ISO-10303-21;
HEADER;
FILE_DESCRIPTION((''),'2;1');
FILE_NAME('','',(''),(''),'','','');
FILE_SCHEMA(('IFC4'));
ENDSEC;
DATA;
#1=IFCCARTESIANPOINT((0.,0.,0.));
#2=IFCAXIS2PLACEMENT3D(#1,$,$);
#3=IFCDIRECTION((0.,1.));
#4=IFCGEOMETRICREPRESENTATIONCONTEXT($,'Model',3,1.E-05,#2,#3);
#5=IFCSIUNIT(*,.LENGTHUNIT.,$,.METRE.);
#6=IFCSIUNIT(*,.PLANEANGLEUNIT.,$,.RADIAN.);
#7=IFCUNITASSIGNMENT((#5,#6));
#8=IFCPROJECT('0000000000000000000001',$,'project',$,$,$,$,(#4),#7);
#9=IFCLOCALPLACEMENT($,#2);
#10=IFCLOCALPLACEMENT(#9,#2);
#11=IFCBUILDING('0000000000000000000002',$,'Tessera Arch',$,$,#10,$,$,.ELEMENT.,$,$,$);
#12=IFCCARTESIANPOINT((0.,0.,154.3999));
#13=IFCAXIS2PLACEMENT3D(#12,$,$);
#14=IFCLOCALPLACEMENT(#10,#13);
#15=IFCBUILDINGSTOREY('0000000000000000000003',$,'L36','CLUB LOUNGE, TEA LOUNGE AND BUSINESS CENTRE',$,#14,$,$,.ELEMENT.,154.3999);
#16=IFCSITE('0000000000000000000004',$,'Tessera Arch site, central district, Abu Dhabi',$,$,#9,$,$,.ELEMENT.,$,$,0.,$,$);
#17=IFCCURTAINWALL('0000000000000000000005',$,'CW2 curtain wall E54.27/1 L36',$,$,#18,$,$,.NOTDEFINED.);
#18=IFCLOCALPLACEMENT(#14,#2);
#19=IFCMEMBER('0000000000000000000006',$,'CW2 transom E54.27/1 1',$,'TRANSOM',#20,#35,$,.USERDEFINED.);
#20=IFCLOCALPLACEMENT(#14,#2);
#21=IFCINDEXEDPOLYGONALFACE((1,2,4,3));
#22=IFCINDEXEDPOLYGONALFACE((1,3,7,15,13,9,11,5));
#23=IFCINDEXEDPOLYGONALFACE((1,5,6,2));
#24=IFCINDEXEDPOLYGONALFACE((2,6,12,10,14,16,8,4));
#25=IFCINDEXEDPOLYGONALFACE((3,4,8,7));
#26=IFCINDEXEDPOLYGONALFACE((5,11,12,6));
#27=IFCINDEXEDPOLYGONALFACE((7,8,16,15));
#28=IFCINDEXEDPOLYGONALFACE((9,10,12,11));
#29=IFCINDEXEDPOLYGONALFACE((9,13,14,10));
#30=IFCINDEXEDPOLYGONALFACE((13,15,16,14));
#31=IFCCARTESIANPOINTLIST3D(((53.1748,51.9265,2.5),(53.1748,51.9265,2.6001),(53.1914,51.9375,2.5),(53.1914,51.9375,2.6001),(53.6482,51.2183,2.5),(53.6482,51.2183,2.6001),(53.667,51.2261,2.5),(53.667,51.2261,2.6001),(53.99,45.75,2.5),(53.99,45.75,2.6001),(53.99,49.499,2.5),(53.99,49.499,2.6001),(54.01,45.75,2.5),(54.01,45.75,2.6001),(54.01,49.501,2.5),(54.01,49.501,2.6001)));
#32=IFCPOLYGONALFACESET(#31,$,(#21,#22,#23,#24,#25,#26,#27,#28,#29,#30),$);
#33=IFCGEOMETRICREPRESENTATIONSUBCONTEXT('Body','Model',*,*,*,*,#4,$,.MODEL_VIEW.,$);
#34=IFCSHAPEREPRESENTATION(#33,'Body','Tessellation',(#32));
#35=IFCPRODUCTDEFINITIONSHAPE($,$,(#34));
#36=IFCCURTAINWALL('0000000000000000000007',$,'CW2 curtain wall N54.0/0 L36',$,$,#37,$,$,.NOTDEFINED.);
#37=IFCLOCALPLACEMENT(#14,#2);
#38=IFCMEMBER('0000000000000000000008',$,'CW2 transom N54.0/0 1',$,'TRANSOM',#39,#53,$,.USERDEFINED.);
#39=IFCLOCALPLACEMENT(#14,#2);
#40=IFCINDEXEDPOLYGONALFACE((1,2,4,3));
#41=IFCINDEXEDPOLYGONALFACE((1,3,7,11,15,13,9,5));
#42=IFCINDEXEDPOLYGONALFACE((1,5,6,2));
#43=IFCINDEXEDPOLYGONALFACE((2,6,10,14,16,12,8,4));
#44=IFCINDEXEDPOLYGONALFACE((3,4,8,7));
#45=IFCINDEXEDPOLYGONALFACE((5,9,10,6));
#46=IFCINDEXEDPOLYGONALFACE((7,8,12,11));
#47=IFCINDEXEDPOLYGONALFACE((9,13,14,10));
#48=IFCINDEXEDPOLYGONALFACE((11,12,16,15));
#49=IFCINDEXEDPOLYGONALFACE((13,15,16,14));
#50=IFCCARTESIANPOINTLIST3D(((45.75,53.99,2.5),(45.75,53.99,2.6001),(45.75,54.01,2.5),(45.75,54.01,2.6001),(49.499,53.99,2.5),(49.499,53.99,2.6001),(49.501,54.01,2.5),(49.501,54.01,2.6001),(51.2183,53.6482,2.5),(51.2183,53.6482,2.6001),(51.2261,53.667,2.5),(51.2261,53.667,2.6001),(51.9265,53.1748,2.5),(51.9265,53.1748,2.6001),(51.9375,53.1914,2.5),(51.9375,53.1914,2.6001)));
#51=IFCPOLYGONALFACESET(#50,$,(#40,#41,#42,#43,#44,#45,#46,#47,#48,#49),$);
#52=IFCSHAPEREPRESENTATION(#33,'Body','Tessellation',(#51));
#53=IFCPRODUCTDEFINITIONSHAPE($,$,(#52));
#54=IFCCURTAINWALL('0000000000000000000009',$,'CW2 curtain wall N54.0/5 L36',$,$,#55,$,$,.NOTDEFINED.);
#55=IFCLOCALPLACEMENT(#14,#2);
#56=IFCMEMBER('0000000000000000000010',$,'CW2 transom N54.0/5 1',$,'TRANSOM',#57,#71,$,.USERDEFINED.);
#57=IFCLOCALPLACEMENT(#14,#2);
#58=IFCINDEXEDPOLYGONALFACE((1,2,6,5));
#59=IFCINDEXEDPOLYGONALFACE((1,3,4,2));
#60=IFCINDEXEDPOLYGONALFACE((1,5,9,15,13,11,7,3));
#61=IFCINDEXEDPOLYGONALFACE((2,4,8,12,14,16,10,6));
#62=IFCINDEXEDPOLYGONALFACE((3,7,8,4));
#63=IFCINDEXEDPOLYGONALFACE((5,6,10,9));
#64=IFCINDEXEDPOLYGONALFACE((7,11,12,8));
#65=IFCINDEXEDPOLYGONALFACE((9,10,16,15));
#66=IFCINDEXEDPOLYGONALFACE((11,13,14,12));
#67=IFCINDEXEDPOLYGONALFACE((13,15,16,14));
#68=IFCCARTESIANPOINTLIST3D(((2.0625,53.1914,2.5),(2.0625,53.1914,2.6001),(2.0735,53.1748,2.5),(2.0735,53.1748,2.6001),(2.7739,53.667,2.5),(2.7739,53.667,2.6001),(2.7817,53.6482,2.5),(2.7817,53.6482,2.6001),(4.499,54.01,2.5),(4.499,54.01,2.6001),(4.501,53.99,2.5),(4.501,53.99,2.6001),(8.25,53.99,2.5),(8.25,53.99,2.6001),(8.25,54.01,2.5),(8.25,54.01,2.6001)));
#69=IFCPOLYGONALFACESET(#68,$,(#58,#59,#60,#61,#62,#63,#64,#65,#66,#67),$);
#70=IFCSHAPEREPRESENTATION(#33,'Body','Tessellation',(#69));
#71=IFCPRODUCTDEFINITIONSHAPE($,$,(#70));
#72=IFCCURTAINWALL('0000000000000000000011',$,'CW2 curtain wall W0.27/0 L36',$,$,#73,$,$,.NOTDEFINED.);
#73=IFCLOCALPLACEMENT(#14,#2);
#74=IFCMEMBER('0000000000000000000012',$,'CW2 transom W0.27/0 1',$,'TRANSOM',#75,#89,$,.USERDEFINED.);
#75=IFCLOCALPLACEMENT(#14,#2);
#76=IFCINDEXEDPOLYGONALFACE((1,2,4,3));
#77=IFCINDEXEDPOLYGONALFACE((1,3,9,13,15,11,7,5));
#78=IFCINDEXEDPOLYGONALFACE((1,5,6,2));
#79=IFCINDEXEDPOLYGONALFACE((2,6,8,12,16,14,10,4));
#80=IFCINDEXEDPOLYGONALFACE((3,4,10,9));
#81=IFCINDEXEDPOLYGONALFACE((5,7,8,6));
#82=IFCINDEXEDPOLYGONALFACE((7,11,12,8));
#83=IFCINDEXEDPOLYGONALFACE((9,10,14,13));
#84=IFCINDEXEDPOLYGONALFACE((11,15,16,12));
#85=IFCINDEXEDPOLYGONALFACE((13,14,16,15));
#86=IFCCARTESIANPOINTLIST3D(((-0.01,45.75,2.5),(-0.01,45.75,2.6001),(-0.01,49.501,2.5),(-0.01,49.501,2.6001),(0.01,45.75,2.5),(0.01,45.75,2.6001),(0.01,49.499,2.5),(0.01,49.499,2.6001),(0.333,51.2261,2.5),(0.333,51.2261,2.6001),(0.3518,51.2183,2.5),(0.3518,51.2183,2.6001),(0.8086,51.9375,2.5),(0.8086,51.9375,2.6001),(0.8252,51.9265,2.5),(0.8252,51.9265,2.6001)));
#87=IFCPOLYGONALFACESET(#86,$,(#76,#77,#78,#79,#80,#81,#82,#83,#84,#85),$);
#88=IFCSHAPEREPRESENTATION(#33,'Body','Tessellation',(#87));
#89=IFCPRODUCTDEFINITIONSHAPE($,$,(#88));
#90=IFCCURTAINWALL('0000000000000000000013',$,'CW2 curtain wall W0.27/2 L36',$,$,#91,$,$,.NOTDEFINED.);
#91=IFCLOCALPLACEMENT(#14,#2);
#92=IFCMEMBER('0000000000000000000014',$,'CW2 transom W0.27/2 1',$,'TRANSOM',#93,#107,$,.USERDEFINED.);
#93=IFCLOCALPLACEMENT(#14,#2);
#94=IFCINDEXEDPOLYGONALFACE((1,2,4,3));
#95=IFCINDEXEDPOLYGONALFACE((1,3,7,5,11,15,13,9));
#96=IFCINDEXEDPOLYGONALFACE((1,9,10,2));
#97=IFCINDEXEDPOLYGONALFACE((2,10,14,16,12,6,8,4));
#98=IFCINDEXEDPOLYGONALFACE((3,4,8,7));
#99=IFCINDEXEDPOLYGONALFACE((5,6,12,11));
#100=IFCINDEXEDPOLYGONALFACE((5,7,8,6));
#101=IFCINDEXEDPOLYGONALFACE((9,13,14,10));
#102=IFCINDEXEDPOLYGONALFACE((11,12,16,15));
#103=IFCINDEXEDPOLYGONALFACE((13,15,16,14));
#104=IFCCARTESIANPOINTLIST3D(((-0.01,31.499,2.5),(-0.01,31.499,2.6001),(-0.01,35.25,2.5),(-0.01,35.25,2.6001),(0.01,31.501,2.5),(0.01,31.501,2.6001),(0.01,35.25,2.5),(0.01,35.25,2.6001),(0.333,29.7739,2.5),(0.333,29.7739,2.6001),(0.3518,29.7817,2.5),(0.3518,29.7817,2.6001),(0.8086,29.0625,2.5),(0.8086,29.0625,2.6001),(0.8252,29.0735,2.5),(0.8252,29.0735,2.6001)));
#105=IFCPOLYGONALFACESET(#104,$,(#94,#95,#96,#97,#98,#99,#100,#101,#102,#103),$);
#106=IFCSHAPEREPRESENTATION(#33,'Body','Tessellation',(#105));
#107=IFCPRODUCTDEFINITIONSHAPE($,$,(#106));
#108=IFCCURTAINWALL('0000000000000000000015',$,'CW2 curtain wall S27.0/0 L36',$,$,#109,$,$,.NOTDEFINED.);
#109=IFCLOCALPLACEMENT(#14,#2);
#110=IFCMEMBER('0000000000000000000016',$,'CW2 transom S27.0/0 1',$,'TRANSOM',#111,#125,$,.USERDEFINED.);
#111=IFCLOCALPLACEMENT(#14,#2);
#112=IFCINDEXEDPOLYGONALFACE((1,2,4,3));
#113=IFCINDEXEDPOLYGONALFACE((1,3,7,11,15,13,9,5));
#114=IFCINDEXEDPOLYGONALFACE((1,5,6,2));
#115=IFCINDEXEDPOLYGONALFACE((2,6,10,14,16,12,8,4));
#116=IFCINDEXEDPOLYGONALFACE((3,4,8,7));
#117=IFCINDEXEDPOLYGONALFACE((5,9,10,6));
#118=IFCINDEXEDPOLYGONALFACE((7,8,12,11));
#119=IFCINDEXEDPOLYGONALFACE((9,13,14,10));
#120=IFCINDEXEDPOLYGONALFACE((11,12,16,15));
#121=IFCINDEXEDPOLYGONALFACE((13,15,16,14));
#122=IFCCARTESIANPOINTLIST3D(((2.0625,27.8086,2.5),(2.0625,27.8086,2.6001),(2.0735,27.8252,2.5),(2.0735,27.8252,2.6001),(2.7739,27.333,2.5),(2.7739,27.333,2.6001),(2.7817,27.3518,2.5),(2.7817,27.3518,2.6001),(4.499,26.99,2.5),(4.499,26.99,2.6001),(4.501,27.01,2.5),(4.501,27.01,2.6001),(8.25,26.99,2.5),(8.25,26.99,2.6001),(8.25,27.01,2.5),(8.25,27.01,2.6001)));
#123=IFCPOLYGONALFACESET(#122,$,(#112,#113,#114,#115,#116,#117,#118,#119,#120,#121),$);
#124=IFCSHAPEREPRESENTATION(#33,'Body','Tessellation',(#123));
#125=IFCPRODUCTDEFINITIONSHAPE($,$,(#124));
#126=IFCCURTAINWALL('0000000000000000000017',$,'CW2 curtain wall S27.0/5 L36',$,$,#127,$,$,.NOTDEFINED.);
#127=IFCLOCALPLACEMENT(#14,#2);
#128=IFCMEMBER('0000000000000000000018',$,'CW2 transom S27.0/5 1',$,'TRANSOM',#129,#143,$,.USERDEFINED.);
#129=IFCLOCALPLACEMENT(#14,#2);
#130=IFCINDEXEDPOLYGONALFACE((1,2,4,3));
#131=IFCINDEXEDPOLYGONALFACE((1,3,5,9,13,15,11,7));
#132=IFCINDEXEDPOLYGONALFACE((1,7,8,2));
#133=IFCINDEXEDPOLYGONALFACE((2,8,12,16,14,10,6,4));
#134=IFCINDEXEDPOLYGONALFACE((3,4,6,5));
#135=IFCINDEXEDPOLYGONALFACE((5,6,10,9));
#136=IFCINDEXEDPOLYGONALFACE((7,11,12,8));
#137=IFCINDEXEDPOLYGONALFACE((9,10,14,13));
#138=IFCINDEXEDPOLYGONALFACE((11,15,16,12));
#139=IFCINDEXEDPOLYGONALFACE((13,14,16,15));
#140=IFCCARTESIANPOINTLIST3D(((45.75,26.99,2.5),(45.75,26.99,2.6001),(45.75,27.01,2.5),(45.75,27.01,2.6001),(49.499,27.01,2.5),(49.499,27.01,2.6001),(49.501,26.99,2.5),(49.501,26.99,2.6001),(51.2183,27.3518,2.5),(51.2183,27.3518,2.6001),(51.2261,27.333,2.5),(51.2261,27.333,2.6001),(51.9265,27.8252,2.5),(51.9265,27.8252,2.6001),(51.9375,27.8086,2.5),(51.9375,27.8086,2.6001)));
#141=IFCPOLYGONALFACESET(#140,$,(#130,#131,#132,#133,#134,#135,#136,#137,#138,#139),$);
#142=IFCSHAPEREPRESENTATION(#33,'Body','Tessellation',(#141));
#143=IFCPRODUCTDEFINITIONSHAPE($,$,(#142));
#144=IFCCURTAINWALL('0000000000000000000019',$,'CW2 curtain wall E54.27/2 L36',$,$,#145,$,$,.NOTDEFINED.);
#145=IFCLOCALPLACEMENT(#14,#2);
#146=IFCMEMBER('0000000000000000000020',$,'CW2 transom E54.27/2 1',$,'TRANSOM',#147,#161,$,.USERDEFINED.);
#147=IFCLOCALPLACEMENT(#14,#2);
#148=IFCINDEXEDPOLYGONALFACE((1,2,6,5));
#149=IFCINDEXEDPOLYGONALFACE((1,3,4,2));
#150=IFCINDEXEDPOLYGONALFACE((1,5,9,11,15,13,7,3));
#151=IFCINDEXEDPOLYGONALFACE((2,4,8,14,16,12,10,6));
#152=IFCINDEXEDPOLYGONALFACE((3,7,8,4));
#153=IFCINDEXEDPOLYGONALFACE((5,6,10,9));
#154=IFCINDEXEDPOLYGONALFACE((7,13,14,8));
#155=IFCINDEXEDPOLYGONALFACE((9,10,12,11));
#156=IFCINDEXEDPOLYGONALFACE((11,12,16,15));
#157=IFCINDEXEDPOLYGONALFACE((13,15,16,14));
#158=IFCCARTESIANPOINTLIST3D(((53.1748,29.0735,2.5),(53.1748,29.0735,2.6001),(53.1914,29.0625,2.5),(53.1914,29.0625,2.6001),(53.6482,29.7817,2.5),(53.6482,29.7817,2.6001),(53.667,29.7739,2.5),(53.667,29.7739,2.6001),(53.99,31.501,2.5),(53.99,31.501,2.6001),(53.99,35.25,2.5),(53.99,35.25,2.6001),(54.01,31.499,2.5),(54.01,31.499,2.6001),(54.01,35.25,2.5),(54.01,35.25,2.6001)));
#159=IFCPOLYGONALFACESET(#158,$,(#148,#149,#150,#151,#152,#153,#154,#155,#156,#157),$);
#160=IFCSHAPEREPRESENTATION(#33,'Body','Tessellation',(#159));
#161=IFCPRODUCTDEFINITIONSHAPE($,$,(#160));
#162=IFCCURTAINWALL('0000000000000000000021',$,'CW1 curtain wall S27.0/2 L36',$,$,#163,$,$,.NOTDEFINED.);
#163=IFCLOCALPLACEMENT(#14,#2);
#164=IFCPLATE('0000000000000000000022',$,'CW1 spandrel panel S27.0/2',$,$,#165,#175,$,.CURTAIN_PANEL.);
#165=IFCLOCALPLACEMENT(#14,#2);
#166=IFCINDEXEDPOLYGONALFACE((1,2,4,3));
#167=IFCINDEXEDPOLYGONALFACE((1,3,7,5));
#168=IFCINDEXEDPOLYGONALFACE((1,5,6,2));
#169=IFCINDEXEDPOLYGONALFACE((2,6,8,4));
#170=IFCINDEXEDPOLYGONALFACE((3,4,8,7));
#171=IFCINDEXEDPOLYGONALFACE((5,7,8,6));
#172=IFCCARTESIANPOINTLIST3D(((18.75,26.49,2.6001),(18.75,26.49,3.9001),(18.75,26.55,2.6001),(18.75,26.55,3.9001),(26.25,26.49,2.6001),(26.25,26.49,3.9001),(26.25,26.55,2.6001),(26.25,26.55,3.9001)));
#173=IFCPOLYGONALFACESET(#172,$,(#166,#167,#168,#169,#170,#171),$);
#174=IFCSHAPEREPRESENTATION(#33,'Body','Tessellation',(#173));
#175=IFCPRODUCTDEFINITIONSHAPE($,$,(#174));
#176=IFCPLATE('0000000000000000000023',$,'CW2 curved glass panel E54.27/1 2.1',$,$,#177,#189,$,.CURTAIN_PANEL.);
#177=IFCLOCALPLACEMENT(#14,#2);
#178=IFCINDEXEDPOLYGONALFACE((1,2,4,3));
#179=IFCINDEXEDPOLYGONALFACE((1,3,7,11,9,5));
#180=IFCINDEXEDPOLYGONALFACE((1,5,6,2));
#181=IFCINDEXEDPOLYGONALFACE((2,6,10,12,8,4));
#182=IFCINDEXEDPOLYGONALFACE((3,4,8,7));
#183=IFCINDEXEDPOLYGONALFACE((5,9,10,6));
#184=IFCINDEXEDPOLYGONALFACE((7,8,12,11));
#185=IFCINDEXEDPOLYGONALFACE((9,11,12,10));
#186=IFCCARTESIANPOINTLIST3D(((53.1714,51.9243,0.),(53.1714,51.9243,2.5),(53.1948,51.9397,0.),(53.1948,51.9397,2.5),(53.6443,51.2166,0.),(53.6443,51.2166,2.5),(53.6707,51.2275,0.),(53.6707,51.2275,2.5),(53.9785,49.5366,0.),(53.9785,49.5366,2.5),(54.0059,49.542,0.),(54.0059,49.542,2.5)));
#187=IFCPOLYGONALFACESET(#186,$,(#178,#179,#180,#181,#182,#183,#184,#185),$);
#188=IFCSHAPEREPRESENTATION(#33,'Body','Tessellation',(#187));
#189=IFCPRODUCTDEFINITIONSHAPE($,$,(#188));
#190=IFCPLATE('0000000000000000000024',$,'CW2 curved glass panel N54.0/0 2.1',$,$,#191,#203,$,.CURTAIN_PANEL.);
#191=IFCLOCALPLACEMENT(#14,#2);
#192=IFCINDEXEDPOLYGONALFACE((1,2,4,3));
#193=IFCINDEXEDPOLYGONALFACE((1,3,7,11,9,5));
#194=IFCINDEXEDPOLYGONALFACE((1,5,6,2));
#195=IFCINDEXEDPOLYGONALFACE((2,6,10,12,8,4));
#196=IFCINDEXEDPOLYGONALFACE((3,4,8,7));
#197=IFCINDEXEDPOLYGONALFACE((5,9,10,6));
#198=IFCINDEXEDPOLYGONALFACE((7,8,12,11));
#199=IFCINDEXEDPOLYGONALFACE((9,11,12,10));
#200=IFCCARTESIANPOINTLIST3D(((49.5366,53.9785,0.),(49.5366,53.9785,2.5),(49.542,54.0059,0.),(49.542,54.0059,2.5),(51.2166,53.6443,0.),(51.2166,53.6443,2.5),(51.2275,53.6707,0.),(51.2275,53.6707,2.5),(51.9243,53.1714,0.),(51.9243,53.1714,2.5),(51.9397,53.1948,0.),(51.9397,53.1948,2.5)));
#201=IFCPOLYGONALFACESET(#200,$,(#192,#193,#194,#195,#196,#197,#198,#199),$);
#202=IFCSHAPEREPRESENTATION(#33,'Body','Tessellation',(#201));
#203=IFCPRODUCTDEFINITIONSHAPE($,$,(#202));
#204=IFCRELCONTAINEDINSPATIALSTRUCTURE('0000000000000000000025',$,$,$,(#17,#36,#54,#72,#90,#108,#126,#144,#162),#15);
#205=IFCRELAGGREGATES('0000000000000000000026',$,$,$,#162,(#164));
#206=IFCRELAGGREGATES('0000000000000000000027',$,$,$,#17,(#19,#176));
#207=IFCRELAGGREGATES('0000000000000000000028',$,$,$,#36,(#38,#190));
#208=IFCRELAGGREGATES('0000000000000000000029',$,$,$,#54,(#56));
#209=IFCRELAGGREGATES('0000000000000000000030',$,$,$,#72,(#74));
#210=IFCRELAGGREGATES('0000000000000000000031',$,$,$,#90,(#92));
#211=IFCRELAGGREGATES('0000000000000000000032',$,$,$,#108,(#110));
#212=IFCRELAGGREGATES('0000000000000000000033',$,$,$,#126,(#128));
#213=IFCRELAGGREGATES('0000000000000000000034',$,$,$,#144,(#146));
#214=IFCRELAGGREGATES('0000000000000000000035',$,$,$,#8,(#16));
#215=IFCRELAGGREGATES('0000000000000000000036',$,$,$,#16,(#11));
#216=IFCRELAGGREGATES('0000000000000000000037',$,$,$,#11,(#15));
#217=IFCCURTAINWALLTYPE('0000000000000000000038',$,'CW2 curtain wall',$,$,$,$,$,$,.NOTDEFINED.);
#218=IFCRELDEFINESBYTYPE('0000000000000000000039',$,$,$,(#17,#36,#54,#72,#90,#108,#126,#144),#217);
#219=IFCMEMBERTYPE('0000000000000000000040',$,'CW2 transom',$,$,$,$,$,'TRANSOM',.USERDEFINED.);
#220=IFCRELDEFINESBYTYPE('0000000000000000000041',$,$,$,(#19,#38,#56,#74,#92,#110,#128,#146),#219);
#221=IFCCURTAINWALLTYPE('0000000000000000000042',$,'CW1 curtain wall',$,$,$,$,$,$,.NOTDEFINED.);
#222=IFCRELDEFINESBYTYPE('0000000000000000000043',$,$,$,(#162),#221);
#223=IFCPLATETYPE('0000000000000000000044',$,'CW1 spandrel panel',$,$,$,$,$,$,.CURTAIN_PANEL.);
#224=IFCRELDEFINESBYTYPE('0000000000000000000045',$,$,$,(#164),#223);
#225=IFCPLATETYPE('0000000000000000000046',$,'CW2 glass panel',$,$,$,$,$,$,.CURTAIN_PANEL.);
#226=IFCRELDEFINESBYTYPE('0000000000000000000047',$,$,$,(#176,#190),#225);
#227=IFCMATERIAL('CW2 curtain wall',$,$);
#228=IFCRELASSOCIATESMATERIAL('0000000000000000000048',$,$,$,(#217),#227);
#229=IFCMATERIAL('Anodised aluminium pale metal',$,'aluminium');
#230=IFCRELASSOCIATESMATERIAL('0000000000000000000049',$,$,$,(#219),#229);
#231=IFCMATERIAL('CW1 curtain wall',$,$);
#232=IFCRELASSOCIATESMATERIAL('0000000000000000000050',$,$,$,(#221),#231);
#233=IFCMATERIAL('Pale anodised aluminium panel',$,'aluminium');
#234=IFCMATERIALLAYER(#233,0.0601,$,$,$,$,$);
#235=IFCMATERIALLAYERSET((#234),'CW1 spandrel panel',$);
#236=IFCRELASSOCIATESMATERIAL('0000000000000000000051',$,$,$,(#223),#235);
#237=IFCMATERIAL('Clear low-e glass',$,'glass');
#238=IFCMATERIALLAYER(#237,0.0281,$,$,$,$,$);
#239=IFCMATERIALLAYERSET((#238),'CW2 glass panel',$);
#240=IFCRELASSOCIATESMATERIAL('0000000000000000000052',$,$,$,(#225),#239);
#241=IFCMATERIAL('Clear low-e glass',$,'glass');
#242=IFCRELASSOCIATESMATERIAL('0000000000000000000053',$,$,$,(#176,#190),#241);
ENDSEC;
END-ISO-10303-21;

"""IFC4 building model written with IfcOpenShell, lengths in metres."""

from ifc_helpers import new_model, si_unit, direction, frame, origin, origin_2d, place, context, subcontext, project, spatial, polyline, rectangle, outline, extrude, material, layer, layer_set, material_profile, profile_set, type_object, element, aggregate, save


model = new_model("IFC4")

# Units and contexts
model_context = context("Model", 3, precision=1e-05, world=origin(), true_north=direction((0.0, 1.0)))
body_context = subcontext(model_context, "Body", "Model", "MODEL_VIEW")
ifc_project = project(units=[si_unit("LENGTHUNIT", "METRE"), si_unit("PLANEANGLEUNIT", "RADIAN")], contexts=[model_context])

# Site, building, storey
site_placement = place(None, origin())
site = spatial("IfcSite", under=ifc_project, at=site_placement, Name="Tessera Arch site, central district, Abu Dhabi", CompositionType="ELEMENT", RefElevation=0.0)
building_placement = place(site_placement, origin())
building = spatial("IfcBuilding", under=site, at=building_placement, Name="Tessera Arch", CompositionType="ELEMENT")
storey_placement = place(building_placement, frame((0.0, 0.0, 154.3999)))
storey = spatial("IfcBuildingStorey", under=building, at=storey_placement, Name="L36", Description="CLUB LOUNGE, TEA LOUNGE AND BUSINESS CENTRE", CompositionType="ELEMENT", Elevation=154.3999)

# Curtain walls, members
ifc_material_1 = material(Name="CW2 curtain wall")
curtain_wall_type_1 = type_object("IfcCurtainWallType", Name="CW2 curtain wall", PredefinedType="NOTDEFINED", material=ifc_material_1)
curtain_wall_1_placement = place(storey_placement, origin())
curtain_wall_1 = element("IfcCurtainWall", 1, at=curtain_wall_1_placement, inside=storey, type_object=curtain_wall_type_1, Name="CW2 curtain wall E54.27/1 L36", PredefinedType="NOTDEFINED")
ifc_material_2 = material(Name="Anodised aluminium pale metal", Category="aluminium")
ifc_material_profile = material_profile(ifc_material_2, rectangle(XDim=0.2, YDim=0.1001, at=origin_2d()), Name="AL 200x100")
ifc_profile_set = profile_set([ifc_material_profile], Name="Anodised aluminium pale metal")
member_type = type_object("IfcMemberType", Name="CW2 transom", ElementType="TRANSOM", PredefinedType="USERDEFINED", material=ifc_profile_set)
member_1_placement = place(storey_placement, frame((0.0, 0.0, 2.5)))
member_1 = element("IfcMember", 2, at=member_1_placement, type_object=member_type, Name="CW2 transom E54.27/1 1", ObjectType="TRANSOM", PredefinedType="USERDEFINED", context=body_context, shape_type="SweptSolid", body=[
    extrude(outline(polyline([(53.99, 49.499), (53.99, 45.75), (54.01, 45.75), (54.01, 49.501), (53.667, 51.2261), (53.1914, 51.9375), (53.1748, 51.9265), (53.6482, 51.2183), (53.99, 49.499)])), origin(), (0.0, 0.0, 1.0), 0.1001),
])
curtain_wall_2_placement = place(storey_placement, origin())
curtain_wall_2 = element("IfcCurtainWall", 3, at=curtain_wall_2_placement, inside=storey, type_object=curtain_wall_type_1, Name="CW2 curtain wall N54.0/0 L36", PredefinedType="NOTDEFINED")
member_2_placement = place(storey_placement, frame((0.0, 0.0, 2.5)))
member_2 = element("IfcMember", 4, at=member_2_placement, type_object=member_type, Name="CW2 transom N54.0/0 1", ObjectType="TRANSOM", PredefinedType="USERDEFINED", context=body_context, shape_type="SweptSolid", body=[
    extrude(outline(polyline([(51.2183, 53.6482), (51.9265, 53.1748), (51.9375, 53.1914), (51.2261, 53.667), (49.501, 54.01), (45.75, 54.01), (45.75, 53.99), (49.499, 53.99), (51.2183, 53.6482)])), origin(), (0.0, 0.0, 1.0), 0.1001),
])
curtain_wall_3_placement = place(storey_placement, origin())
curtain_wall_3 = element("IfcCurtainWall", 5, at=curtain_wall_3_placement, inside=storey, type_object=curtain_wall_type_1, Name="CW2 curtain wall N54.0/5 L36", PredefinedType="NOTDEFINED")
member_3_placement = place(storey_placement, frame((0.0, 0.0, 2.5)))
member_3 = element("IfcMember", 6, at=member_3_placement, type_object=member_type, Name="CW2 transom N54.0/5 1", ObjectType="TRANSOM", PredefinedType="USERDEFINED", context=body_context, shape_type="SweptSolid", body=[
    extrude(outline(polyline([(4.501, 53.99), (8.25, 53.99), (8.25, 54.01), (4.499, 54.01), (2.7739, 53.667), (2.0625, 53.1914), (2.0735, 53.1748), (2.7817, 53.6482), (4.501, 53.99)])), origin(), (0.0, 0.0, 1.0), 0.1001),
])
curtain_wall_4_placement = place(storey_placement, origin())
curtain_wall_4 = element("IfcCurtainWall", 7, at=curtain_wall_4_placement, inside=storey, type_object=curtain_wall_type_1, Name="CW2 curtain wall W0.27/0 L36", PredefinedType="NOTDEFINED")
member_4_placement = place(storey_placement, frame((0.0, 0.0, 2.5)))
member_4 = element("IfcMember", 8, at=member_4_placement, type_object=member_type, Name="CW2 transom W0.27/0 1", ObjectType="TRANSOM", PredefinedType="USERDEFINED", context=body_context, shape_type="SweptSolid", body=[
    extrude(outline(polyline([(0.3518, 51.2183), (0.8252, 51.9265), (0.8086, 51.9375), (0.333, 51.2261), (-0.01, 49.501), (-0.01, 45.75), (0.01, 45.75), (0.01, 49.499), (0.3518, 51.2183)])), origin(), (0.0, 0.0, 1.0), 0.1001),
])
curtain_wall_5_placement = place(storey_placement, origin())
curtain_wall_5 = element("IfcCurtainWall", 9, at=curtain_wall_5_placement, inside=storey, type_object=curtain_wall_type_1, Name="CW2 curtain wall W0.27/2 L36", PredefinedType="NOTDEFINED")
member_5_placement = place(storey_placement, frame((0.0, 0.0, 2.5)))
member_5 = element("IfcMember", 10, at=member_5_placement, type_object=member_type, Name="CW2 transom W0.27/2 1", ObjectType="TRANSOM", PredefinedType="USERDEFINED", context=body_context, shape_type="SweptSolid", body=[
    extrude(outline(polyline([(0.01, 31.501), (0.01, 35.25), (-0.01, 35.25), (-0.01, 31.499), (0.333, 29.7739), (0.8086, 29.0625), (0.8252, 29.0735), (0.3518, 29.7817), (0.01, 31.501)])), origin(), (0.0, 0.0, 1.0), 0.1001),
])
curtain_wall_6_placement = place(storey_placement, origin())
curtain_wall_6 = element("IfcCurtainWall", 11, at=curtain_wall_6_placement, inside=storey, type_object=curtain_wall_type_1, Name="CW2 curtain wall S27.0/0 L36", PredefinedType="NOTDEFINED")
member_6_placement = place(storey_placement, frame((0.0, 0.0, 2.5)))
member_6 = element("IfcMember", 12, at=member_6_placement, type_object=member_type, Name="CW2 transom S27.0/0 1", ObjectType="TRANSOM", PredefinedType="USERDEFINED", context=body_context, shape_type="SweptSolid", body=[
    extrude(outline(polyline([(2.7817, 27.3518), (2.0735, 27.8252), (2.0625, 27.8086), (2.7739, 27.333), (4.499, 26.99), (8.25, 26.99), (8.25, 27.01), (4.501, 27.01), (2.7817, 27.3518)])), origin(), (0.0, 0.0, 1.0), 0.1001),
])
curtain_wall_7_placement = place(storey_placement, origin())
curtain_wall_7 = element("IfcCurtainWall", 13, at=curtain_wall_7_placement, inside=storey, type_object=curtain_wall_type_1, Name="CW2 curtain wall S27.0/5 L36", PredefinedType="NOTDEFINED")
member_7_placement = place(storey_placement, frame((0.0, 0.0, 2.5)))
member_7 = element("IfcMember", 14, at=member_7_placement, type_object=member_type, Name="CW2 transom S27.0/5 1", ObjectType="TRANSOM", PredefinedType="USERDEFINED", context=body_context, shape_type="SweptSolid", body=[
    extrude(outline(polyline([(49.499, 27.01), (45.75, 27.01), (45.75, 26.99), (49.501, 26.99), (51.2261, 27.333), (51.9375, 27.8086), (51.9265, 27.8252), (51.2183, 27.3518), (49.499, 27.01)])), origin(), (0.0, 0.0, 1.0), 0.1001),
])
curtain_wall_8_placement = place(storey_placement, origin())
curtain_wall_8 = element("IfcCurtainWall", 15, at=curtain_wall_8_placement, inside=storey, type_object=curtain_wall_type_1, Name="CW2 curtain wall E54.27/2 L36", PredefinedType="NOTDEFINED")
member_8_placement = place(storey_placement, frame((0.0, 0.0, 2.5)))
member_8 = element("IfcMember", 16, at=member_8_placement, type_object=member_type, Name="CW2 transom E54.27/2 1", ObjectType="TRANSOM", PredefinedType="USERDEFINED", context=body_context, shape_type="SweptSolid", body=[
    extrude(outline(polyline([(53.6482, 29.7817), (53.1748, 29.0735), (53.1914, 29.0625), (53.667, 29.7739), (54.01, 31.499), (54.01, 35.25), (53.99, 35.25), (53.99, 31.501), (53.6482, 29.7817)])), origin(), (0.0, 0.0, 1.0), 0.1001),
])

# Curtain wall, plate
ifc_material_3 = material(Name="CW1 curtain wall")
curtain_wall_type_2 = type_object("IfcCurtainWallType", Name="CW1 curtain wall", PredefinedType="NOTDEFINED", material=ifc_material_3)
curtain_wall_9_placement = place(storey_placement, origin())
curtain_wall_9 = element("IfcCurtainWall", 17, at=curtain_wall_9_placement, inside=storey, type_object=curtain_wall_type_2, Name="CW1 curtain wall S27.0/2 L36", PredefinedType="NOTDEFINED")
ifc_material_4 = material(Name="Pale anodised aluminium panel", Category="aluminium")
ifc_layer_1 = layer(ifc_material_4, 0.0601)
ifc_layer_set_1 = layer_set([ifc_layer_1], Name="CW1 spandrel panel")
plate_type_1 = type_object("IfcPlateType", Name="CW1 spandrel panel", PredefinedType="CURTAIN_PANEL", material=ifc_layer_set_1)
plate_1_placement = place(storey_placement, frame((22.5, 26.52, 2.6001), z_axis=(0.0, 0.0, 1.0), x_axis=(1.0, 0.0, 0.0)))
plate_1 = element("IfcPlate", 18, at=plate_1_placement, type_object=plate_type_1, Name="CW1 spandrel panel S27.0/2", PredefinedType="CURTAIN_PANEL", context=body_context, shape_type="SweptSolid", body=[
    extrude(rectangle(XDim=7.5, YDim=0.0601, at=origin_2d()), origin(), (0.0, 0.0, 1.0), 1.3),
])
aggregate(curtain_wall_9, [plate_1])

# Plates
ifc_material_5 = material(Name="Clear low-e glass", Category="glass")
ifc_material_6 = material(Name="Clear low-e glass", Category="glass")
ifc_layer_2 = layer(ifc_material_6, 0.0281)
ifc_layer_set_2 = layer_set([ifc_layer_2], Name="CW2 glass panel")
plate_type_2 = type_object("IfcPlateType", Name="CW2 glass panel", PredefinedType="CURTAIN_PANEL", material=ifc_layer_set_2)
plate_2_placement = place(storey_placement, origin())
plate_2 = element("IfcPlate", 19, at=plate_2_placement, type_object=plate_type_2, material=ifc_material_5, Name="CW2 curved glass panel E54.27/1 2.1", PredefinedType="CURTAIN_PANEL", context=body_context, shape_type="SweptSolid", body=[
    extrude(outline(polyline([(53.6443, 51.2166), (53.9785, 49.5366), (54.0059, 49.542), (53.6707, 51.2275), (53.1948, 51.9397), (53.1714, 51.9243), (53.6443, 51.2166)])), origin(), (0.0, 0.0, 1.0), 2.5),
])
plate_3_placement = place(storey_placement, origin())
plate_3 = element("IfcPlate", 20, at=plate_3_placement, type_object=plate_type_2, material=ifc_material_5, Name="CW2 curved glass panel N54.0/0 2.1", PredefinedType="CURTAIN_PANEL", context=body_context, shape_type="SweptSolid", body=[
    extrude(outline(polyline([(51.2166, 53.6443), (51.9243, 53.1714), (51.9397, 53.1948), (51.2275, 53.6707), (49.542, 54.0059), (49.5366, 53.9785), (51.2166, 53.6443)])), origin(), (0.0, 0.0, 1.0), 2.5),
])
aggregate(curtain_wall_1, [member_1, plate_2])
aggregate(curtain_wall_2, [member_2, plate_3])
aggregate(curtain_wall_3, [member_3])
aggregate(curtain_wall_4, [member_4])
aggregate(curtain_wall_5, [member_5])
aggregate(curtain_wall_6, [member_6])
aggregate(curtain_wall_7, [member_7])
aggregate(curtain_wall_8, [member_8])

save(model, "model.ifc")
